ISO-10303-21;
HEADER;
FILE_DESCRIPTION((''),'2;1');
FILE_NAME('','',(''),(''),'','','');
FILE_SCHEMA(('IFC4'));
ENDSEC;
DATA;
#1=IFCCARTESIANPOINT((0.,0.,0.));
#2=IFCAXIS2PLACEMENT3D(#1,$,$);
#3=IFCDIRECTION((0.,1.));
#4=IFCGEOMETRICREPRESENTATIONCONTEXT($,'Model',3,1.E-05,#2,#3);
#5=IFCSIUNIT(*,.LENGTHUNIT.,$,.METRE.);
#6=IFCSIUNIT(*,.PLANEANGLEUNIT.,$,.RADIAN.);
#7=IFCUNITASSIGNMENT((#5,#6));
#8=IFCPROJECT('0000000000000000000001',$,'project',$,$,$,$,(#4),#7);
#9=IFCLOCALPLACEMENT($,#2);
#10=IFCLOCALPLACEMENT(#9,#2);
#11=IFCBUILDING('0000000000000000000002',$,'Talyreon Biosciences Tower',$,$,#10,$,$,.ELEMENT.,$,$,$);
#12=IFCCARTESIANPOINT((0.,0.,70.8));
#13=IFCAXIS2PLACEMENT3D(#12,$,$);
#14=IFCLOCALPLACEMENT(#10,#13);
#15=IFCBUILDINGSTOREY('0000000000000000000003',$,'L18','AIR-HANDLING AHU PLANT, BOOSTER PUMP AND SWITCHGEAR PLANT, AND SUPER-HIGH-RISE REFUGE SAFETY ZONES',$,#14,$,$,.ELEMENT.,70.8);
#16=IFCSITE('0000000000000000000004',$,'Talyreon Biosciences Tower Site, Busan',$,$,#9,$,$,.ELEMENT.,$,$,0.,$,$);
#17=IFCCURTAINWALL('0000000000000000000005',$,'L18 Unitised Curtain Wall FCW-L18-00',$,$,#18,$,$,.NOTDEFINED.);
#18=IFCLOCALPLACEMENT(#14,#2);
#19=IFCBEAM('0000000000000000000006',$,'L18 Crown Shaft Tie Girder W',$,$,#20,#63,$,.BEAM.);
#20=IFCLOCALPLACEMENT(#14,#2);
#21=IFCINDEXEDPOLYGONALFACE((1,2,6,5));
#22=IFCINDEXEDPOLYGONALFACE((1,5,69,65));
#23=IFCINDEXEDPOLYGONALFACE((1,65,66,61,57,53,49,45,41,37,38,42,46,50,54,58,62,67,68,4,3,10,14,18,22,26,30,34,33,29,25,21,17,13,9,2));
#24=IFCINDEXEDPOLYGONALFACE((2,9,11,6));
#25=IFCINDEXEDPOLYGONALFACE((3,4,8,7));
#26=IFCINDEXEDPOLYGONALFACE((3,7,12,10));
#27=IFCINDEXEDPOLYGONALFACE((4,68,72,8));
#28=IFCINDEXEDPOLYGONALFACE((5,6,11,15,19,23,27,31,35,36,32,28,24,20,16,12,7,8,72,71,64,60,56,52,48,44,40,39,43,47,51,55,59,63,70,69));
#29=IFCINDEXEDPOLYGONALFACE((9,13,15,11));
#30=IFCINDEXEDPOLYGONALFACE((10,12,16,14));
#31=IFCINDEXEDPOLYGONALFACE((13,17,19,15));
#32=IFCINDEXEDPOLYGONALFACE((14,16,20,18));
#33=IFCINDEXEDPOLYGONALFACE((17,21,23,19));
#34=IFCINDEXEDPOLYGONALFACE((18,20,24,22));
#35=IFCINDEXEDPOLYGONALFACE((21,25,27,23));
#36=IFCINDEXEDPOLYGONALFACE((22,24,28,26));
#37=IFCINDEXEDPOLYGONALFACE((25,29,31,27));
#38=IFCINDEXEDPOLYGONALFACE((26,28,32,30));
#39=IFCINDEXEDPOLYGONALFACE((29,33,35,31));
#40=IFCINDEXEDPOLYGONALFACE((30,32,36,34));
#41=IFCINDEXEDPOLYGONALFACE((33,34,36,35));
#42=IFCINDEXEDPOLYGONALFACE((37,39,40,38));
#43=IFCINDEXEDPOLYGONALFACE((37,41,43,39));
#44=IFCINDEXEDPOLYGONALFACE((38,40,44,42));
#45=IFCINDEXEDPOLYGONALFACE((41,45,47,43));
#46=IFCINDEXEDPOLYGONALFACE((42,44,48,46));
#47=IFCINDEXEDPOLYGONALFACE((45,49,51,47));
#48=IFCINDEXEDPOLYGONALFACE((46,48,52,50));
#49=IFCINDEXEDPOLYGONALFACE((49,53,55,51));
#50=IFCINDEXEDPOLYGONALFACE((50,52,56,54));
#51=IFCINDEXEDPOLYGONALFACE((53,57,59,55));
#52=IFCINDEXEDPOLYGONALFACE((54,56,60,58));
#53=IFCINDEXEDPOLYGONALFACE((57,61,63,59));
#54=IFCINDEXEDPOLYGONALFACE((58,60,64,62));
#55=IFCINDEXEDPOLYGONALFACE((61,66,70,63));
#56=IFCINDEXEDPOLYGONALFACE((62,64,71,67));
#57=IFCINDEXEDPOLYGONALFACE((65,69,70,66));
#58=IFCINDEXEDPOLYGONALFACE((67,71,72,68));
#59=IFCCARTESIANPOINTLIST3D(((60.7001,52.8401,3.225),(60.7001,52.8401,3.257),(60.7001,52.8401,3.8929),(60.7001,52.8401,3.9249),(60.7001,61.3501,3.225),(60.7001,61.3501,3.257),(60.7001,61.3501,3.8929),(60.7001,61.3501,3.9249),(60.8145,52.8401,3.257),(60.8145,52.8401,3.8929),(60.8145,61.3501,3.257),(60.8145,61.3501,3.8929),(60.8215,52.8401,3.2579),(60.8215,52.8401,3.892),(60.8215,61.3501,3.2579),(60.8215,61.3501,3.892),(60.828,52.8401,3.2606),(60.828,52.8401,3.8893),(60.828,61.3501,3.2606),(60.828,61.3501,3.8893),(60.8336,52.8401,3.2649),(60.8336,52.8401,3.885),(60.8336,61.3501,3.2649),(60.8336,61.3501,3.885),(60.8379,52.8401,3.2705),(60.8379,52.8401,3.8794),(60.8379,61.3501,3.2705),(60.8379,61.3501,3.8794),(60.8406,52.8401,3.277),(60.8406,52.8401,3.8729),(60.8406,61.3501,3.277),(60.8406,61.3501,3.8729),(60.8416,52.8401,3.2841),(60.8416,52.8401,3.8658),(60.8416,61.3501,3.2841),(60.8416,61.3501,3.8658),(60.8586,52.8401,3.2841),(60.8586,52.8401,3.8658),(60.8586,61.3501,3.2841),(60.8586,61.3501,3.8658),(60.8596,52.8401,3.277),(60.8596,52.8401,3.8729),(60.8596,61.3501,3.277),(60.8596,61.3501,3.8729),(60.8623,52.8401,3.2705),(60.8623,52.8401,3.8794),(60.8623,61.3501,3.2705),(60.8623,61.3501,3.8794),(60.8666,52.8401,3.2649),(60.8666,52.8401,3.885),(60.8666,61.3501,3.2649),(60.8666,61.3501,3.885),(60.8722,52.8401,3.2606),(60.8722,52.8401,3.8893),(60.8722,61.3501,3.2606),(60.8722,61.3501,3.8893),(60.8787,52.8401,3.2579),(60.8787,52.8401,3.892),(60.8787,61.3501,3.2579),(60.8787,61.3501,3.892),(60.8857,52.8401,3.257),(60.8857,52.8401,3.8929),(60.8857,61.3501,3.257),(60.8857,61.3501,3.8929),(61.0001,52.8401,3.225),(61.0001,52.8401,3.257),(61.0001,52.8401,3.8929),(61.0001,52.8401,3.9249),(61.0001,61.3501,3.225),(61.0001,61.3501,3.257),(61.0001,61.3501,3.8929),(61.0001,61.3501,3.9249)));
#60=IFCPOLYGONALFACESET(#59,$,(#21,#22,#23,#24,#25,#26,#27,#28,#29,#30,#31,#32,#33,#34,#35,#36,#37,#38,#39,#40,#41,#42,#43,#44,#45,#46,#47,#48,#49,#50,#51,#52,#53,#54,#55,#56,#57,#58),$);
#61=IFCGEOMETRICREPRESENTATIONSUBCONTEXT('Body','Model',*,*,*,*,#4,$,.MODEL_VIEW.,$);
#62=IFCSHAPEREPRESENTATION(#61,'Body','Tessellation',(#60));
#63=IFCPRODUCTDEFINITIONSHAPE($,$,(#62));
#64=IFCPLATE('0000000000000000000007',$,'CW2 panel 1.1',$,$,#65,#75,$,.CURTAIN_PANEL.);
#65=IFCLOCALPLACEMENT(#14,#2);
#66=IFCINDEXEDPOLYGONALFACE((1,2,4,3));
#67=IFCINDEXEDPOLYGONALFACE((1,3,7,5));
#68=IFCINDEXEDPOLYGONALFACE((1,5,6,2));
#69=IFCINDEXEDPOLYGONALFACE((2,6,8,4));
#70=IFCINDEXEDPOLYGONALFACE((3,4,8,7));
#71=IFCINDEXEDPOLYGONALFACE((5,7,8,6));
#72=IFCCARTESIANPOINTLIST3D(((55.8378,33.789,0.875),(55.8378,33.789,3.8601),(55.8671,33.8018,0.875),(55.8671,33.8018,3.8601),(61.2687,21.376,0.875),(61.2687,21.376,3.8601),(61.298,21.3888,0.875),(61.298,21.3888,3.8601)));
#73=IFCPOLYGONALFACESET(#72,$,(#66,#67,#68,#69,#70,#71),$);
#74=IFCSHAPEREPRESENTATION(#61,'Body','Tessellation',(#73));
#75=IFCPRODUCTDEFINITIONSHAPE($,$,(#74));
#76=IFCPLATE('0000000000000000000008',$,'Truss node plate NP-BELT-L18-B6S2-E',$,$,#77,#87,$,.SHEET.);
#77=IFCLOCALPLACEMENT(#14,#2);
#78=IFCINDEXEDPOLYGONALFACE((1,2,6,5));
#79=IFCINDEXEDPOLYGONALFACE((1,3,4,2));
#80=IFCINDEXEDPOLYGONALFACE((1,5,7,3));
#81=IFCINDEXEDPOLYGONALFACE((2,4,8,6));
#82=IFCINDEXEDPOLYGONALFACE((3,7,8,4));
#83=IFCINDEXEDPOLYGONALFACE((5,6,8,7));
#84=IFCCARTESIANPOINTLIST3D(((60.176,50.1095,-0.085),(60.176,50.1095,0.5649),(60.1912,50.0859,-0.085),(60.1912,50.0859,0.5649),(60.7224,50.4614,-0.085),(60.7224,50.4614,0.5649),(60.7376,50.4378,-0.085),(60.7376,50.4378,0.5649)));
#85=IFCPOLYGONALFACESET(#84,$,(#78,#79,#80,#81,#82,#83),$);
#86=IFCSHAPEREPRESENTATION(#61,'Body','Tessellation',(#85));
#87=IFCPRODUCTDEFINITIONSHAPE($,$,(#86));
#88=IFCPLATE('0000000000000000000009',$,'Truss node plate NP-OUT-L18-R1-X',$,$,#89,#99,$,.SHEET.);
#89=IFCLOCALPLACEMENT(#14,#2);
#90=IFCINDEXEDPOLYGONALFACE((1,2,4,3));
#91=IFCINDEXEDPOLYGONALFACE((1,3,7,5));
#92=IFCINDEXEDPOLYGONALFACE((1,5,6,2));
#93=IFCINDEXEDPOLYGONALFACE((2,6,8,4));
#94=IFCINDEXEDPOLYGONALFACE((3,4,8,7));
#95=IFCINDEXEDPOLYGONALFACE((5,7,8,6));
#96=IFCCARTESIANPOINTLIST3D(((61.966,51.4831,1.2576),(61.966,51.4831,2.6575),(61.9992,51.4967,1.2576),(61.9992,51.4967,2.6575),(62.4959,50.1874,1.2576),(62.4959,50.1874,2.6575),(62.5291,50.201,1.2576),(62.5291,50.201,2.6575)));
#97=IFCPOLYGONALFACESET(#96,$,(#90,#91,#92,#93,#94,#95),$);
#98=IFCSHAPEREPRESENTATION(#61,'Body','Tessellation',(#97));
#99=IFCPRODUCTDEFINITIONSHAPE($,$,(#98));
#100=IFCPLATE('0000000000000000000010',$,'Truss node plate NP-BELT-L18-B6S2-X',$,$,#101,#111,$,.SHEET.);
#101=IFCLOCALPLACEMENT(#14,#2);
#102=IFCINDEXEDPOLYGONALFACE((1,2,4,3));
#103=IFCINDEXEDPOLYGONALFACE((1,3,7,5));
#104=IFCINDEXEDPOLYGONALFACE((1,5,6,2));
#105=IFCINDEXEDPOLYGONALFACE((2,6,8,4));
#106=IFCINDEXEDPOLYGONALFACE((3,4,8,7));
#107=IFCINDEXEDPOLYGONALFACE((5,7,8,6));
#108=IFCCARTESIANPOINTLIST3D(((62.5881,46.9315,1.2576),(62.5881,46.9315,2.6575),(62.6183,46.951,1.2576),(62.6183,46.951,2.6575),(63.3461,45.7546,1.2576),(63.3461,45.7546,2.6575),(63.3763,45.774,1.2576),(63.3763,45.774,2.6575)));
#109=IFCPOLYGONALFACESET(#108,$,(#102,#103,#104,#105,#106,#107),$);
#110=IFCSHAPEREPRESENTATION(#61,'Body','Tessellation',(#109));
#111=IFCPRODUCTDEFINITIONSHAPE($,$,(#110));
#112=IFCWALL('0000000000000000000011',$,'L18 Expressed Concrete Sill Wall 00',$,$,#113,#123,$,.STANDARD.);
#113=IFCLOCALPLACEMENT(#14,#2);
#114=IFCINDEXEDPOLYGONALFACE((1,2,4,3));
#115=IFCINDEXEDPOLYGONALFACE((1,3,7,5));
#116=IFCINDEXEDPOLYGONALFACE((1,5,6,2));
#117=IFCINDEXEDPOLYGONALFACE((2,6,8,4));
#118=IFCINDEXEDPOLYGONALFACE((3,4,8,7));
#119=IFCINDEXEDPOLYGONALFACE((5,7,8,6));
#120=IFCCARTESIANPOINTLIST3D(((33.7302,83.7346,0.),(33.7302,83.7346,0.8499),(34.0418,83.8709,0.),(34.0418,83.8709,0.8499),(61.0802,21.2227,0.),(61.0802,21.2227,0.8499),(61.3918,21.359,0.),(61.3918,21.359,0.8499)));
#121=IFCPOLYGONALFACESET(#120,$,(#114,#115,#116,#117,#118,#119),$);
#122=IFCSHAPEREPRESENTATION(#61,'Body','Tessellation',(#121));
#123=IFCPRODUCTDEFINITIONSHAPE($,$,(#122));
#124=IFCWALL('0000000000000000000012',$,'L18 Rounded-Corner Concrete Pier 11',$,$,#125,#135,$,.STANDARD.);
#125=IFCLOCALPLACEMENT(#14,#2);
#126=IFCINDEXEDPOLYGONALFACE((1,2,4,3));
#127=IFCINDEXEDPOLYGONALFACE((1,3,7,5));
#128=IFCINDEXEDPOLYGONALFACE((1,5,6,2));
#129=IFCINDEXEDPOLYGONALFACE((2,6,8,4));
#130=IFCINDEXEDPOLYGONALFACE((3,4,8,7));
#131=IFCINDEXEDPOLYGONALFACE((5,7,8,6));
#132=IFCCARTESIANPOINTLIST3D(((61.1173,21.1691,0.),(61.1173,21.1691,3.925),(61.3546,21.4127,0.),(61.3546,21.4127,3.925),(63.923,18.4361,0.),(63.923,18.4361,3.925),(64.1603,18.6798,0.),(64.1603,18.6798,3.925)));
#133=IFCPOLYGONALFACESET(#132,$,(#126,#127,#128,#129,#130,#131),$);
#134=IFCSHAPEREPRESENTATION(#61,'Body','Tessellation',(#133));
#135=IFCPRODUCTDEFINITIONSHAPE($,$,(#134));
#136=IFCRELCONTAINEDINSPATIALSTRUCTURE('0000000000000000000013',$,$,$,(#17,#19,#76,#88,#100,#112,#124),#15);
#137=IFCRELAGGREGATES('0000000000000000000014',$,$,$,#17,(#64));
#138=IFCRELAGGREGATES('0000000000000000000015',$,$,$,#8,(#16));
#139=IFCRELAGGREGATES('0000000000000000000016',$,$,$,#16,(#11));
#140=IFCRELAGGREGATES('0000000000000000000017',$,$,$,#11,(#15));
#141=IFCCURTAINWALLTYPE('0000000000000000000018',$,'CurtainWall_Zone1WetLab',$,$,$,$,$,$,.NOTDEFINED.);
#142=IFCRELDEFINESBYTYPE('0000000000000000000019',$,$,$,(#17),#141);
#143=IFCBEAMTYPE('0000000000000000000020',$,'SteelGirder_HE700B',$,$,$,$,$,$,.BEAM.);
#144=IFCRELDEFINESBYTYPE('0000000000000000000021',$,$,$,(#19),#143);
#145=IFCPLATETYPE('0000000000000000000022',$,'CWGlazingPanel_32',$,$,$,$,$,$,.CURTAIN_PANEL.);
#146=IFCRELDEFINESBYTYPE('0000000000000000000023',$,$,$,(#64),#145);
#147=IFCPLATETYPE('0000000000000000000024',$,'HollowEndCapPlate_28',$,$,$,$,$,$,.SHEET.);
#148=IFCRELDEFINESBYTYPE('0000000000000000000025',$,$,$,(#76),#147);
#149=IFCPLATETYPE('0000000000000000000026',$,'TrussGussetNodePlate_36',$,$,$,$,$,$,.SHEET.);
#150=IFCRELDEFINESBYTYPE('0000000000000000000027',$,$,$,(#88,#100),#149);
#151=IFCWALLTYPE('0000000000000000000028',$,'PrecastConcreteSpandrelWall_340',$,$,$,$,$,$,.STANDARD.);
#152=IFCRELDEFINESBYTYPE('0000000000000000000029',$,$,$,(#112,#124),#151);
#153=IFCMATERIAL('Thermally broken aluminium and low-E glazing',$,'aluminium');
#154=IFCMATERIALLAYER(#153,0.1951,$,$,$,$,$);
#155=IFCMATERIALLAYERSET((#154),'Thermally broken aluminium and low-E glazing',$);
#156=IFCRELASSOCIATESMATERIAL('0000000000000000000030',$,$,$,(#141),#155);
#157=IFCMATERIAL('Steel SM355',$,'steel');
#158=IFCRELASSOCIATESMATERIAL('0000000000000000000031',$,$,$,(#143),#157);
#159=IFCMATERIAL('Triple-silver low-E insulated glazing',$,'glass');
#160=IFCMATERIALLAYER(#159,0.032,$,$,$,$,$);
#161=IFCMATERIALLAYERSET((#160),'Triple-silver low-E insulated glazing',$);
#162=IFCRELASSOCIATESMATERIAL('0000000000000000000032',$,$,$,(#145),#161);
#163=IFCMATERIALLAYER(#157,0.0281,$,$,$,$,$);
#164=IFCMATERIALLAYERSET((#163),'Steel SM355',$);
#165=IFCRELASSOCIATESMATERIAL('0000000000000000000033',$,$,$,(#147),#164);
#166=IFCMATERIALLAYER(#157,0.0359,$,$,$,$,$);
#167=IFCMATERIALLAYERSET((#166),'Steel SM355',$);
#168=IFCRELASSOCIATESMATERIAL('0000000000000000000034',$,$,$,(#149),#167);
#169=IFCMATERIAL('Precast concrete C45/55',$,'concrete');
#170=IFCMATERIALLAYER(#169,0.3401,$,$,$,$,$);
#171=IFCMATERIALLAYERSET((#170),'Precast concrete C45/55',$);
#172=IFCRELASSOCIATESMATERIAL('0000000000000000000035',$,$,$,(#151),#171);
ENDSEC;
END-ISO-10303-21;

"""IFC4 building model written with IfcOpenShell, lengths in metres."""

from ifc_helpers import new_model, si_unit, direction, frame, frame_2d, origin, origin_2d, place, context, subcontext, project, spatial, rectangle, i_section, extrude, material, layer, layer_set, material_profile, profile_set, type_object, element, aggregate, save


model = new_model("IFC4")

# Units and contexts
model_context = context("Model", 3, precision=1e-05, world=origin(), true_north=direction((0.0, 1.0)))
body_context = subcontext(model_context, "Body", "Model", "MODEL_VIEW")
ifc_project = project(units=[si_unit("LENGTHUNIT", "METRE"), si_unit("PLANEANGLEUNIT", "RADIAN")], contexts=[model_context])

# Site, building, storey
site_placement = place(None, origin())
site = spatial("IfcSite", under=ifc_project, at=site_placement, Name="Talyreon Biosciences Tower Site, Busan", CompositionType="ELEMENT", RefElevation=0.0)
building_placement = place(site_placement, origin())
building = spatial("IfcBuilding", under=site, at=building_placement, Name="Talyreon Biosciences Tower", CompositionType="ELEMENT")
storey_placement = place(building_placement, frame((0.0, 0.0, 70.8)))
storey = spatial("IfcBuildingStorey", under=building, at=storey_placement, Name="L18", Description="AIR-HANDLING AHU PLANT, BOOSTER PUMP AND SWITCHGEAR PLANT, AND SUPER-HIGH-RISE REFUGE SAFETY ZONES", CompositionType="ELEMENT", Elevation=70.8)

# Shared definitions
ifc_material_1 = material(Name="Steel SM355", Category="steel")

# Curtain wall
ifc_material_2 = material(Name="Thermally broken aluminium and low-E glazing", Category="aluminium")
ifc_layer_1 = layer(ifc_material_2, 0.1951)
ifc_layer_set_1 = layer_set([ifc_layer_1], Name="Thermally broken aluminium and low-E glazing")
curtain_wall_type = type_object("IfcCurtainWallType", Name="CurtainWall_Zone1WetLab", PredefinedType="NOTDEFINED", material=ifc_layer_set_1)
curtain_wall_placement = place(storey_placement, origin())
curtain_wall = element("IfcCurtainWall", 1, at=curtain_wall_placement, inside=storey, type_object=curtain_wall_type, Name="L18 Unitised Curtain Wall FCW-L18-00", PredefinedType="NOTDEFINED")

# Beam
ifc_material_profile_1 = material_profile(ifc_material_1, i_section(OverallWidth=0.3, OverallDepth=0.7, WebThickness=0.0171, FlangeThickness=0.032, FilletRadius=0.0271, at=origin_2d()), Name="HE700B")
ifc_profile_set_1 = profile_set([ifc_material_profile_1], Name="Steel SM355")
beam_type = type_object("IfcBeamType", Name="SteelGirder_HE700B", PredefinedType="BEAM", material=ifc_profile_set_1)
beam_1_placement = place(storey_placement, frame((60.8501, 52.8401, 3.575), z_axis=(0.0, 1.0, 0.0), x_axis=(-1.0, 0.0, 0.0)))
element("IfcBeam", 2, at=beam_1_placement, inside=storey, type_object=beam_type, Name="L18 Crown Shaft Tie Girder W", PredefinedType="BEAM", context=body_context, shape_type="SweptSolid", body=[
    extrude(i_section(OverallWidth=0.3, OverallDepth=0.7, WebThickness=0.0171, FlangeThickness=0.032, FilletRadius=0.0271, at=origin_2d()), origin(), (0.0, 0.0, 1.0), 8.51),
])

# Plate
ifc_material_3 = material(Name="Triple-silver low-E insulated glazing", Category="glass")
ifc_layer_2 = layer(ifc_material_3, 0.032)
ifc_layer_set_2 = layer_set([ifc_layer_2], Name="Triple-silver low-E insulated glazing")
plate_type_1 = type_object("IfcPlateType", Name="CWGlazingPanel_32", PredefinedType="CURTAIN_PANEL", material=ifc_layer_set_2)
plate_1_placement = place(storey_placement, frame((58.5679, 27.5889, 0.875), z_axis=(0.0, 0.0, 1.0), x_axis=(-0.400831, 0.916152, 0.0)))
plate_1 = element("IfcPlate", 3, at=plate_1_placement, type_object=plate_type_1, Name="CW2 panel 1.1", PredefinedType="CURTAIN_PANEL", context=body_context, shape_type="SweptSolid", body=[
    extrude(rectangle(XDim=13.5491, YDim=0.032, at=origin_2d()), origin(), (0.0, 0.0, 1.0), 2.9851),
])
aggregate(curtain_wall, [plate_1])

# Plates
ifc_layer_3 = layer(ifc_material_1, 0.0281)
ifc_layer_set_3 = layer_set([ifc_layer_3], Name="Steel SM355")
plate_type_2 = type_object("IfcPlateType", Name="HollowEndCapPlate_28", PredefinedType="SHEET", material=ifc_layer_set_3)
plate_2_placement = place(storey_placement, frame((60.4568, 50.2737, -0.085), z_axis=(0.0, 0.0, 1.0), x_axis=(0.840727, 0.541459, 0.0)))
element("IfcPlate", 4, at=plate_2_placement, inside=storey, type_object=plate_type_2, Name="Truss node plate NP-BELT-L18-B6S2-E", PredefinedType="SHEET", context=body_context, shape_type="SweptSolid", body=[
    extrude(rectangle(XDim=0.6499, YDim=0.0281, at=origin_2d()), origin(), (0.0, 0.0, 1.0), 0.6499),
])
ifc_layer_4 = layer(ifc_material_1, 0.0359)
ifc_layer_set_4 = layer_set([ifc_layer_4], Name="Steel SM355")
plate_type_3 = type_object("IfcPlateType", Name="TrussGussetNodePlate_36", PredefinedType="SHEET", material=ifc_layer_set_4)
for number, where, z_axis, x_axis, name in (
    (5, (62.2476, 50.842, 1.2576), (0.0, 0.0, 1.0), (0.378536, -0.925587, 0.0), "Truss node plate NP-OUT-L18-R1-X"),
    (6, (62.9822, 46.3528, 1.2576), (0.0, 0.0, 1.0), (0.541459, -0.840727, 0.0), "Truss node plate NP-BELT-L18-B6S2-X"),
):
    element("IfcPlate", number, at=place(storey_placement, frame(where, z_axis=z_axis, x_axis=x_axis)), inside=storey, type_object=plate_type_3, Name=name, PredefinedType="SHEET", context=body_context, shape_type="SweptSolid", body=[
        extrude(rectangle(XDim=1.3999, YDim=0.0359, at=origin_2d()), origin(), (0.0, 0.0, 1.0), 1.3999),
    ])

# Walls
ifc_material_4 = material(Name="Precast concrete C45/55", Category="concrete")
ifc_layer_5 = layer(ifc_material_4, 0.3401)
ifc_layer_set_5 = layer_set([ifc_layer_5], Name="Precast concrete C45/55")
wall_type = type_object("IfcWallType", Name="PrecastConcreteSpandrelWall_340", PredefinedType="STANDARD", material=ifc_layer_set_5)
wall_1_placement = place(storey_placement, frame((61.2361, 21.2908, 0.0), z_axis=(0.0, 0.0, 1.0), x_axis=(-0.400833, 0.916151, 0.0)))
element("IfcWall", 7, at=wall_1_placement, inside=storey, type_object=wall_type, Name="L18 Expressed Concrete Sill Wall 00", PredefinedType="STANDARD", context=body_context, shape_type="SweptSolid", body=[
    extrude(rectangle(XDim=68.2332, YDim=0.3401, at=frame_2d((34.1167, 0.0))), origin(), (0.0, 0.0, 1.0), 0.8499),
])
wall_2_placement = place(storey_placement, frame((64.0417, 18.5579, 0.0), z_axis=(0.0, 0.0, 1.0), x_axis=(-0.716333, 0.697758, 0.0)))
element("IfcWall", 8, at=wall_2_placement, inside=storey, type_object=wall_type, Name="L18 Rounded-Corner Concrete Pier 11", PredefinedType="STANDARD", context=body_context, shape_type="SweptSolid", body=[
    extrude(rectangle(XDim=3.9167, YDim=0.3401, at=frame_2d((1.9585, 0.0))), origin(), (0.0, 0.0, 1.0), 3.925),
])

save(model, "model.ifc")
